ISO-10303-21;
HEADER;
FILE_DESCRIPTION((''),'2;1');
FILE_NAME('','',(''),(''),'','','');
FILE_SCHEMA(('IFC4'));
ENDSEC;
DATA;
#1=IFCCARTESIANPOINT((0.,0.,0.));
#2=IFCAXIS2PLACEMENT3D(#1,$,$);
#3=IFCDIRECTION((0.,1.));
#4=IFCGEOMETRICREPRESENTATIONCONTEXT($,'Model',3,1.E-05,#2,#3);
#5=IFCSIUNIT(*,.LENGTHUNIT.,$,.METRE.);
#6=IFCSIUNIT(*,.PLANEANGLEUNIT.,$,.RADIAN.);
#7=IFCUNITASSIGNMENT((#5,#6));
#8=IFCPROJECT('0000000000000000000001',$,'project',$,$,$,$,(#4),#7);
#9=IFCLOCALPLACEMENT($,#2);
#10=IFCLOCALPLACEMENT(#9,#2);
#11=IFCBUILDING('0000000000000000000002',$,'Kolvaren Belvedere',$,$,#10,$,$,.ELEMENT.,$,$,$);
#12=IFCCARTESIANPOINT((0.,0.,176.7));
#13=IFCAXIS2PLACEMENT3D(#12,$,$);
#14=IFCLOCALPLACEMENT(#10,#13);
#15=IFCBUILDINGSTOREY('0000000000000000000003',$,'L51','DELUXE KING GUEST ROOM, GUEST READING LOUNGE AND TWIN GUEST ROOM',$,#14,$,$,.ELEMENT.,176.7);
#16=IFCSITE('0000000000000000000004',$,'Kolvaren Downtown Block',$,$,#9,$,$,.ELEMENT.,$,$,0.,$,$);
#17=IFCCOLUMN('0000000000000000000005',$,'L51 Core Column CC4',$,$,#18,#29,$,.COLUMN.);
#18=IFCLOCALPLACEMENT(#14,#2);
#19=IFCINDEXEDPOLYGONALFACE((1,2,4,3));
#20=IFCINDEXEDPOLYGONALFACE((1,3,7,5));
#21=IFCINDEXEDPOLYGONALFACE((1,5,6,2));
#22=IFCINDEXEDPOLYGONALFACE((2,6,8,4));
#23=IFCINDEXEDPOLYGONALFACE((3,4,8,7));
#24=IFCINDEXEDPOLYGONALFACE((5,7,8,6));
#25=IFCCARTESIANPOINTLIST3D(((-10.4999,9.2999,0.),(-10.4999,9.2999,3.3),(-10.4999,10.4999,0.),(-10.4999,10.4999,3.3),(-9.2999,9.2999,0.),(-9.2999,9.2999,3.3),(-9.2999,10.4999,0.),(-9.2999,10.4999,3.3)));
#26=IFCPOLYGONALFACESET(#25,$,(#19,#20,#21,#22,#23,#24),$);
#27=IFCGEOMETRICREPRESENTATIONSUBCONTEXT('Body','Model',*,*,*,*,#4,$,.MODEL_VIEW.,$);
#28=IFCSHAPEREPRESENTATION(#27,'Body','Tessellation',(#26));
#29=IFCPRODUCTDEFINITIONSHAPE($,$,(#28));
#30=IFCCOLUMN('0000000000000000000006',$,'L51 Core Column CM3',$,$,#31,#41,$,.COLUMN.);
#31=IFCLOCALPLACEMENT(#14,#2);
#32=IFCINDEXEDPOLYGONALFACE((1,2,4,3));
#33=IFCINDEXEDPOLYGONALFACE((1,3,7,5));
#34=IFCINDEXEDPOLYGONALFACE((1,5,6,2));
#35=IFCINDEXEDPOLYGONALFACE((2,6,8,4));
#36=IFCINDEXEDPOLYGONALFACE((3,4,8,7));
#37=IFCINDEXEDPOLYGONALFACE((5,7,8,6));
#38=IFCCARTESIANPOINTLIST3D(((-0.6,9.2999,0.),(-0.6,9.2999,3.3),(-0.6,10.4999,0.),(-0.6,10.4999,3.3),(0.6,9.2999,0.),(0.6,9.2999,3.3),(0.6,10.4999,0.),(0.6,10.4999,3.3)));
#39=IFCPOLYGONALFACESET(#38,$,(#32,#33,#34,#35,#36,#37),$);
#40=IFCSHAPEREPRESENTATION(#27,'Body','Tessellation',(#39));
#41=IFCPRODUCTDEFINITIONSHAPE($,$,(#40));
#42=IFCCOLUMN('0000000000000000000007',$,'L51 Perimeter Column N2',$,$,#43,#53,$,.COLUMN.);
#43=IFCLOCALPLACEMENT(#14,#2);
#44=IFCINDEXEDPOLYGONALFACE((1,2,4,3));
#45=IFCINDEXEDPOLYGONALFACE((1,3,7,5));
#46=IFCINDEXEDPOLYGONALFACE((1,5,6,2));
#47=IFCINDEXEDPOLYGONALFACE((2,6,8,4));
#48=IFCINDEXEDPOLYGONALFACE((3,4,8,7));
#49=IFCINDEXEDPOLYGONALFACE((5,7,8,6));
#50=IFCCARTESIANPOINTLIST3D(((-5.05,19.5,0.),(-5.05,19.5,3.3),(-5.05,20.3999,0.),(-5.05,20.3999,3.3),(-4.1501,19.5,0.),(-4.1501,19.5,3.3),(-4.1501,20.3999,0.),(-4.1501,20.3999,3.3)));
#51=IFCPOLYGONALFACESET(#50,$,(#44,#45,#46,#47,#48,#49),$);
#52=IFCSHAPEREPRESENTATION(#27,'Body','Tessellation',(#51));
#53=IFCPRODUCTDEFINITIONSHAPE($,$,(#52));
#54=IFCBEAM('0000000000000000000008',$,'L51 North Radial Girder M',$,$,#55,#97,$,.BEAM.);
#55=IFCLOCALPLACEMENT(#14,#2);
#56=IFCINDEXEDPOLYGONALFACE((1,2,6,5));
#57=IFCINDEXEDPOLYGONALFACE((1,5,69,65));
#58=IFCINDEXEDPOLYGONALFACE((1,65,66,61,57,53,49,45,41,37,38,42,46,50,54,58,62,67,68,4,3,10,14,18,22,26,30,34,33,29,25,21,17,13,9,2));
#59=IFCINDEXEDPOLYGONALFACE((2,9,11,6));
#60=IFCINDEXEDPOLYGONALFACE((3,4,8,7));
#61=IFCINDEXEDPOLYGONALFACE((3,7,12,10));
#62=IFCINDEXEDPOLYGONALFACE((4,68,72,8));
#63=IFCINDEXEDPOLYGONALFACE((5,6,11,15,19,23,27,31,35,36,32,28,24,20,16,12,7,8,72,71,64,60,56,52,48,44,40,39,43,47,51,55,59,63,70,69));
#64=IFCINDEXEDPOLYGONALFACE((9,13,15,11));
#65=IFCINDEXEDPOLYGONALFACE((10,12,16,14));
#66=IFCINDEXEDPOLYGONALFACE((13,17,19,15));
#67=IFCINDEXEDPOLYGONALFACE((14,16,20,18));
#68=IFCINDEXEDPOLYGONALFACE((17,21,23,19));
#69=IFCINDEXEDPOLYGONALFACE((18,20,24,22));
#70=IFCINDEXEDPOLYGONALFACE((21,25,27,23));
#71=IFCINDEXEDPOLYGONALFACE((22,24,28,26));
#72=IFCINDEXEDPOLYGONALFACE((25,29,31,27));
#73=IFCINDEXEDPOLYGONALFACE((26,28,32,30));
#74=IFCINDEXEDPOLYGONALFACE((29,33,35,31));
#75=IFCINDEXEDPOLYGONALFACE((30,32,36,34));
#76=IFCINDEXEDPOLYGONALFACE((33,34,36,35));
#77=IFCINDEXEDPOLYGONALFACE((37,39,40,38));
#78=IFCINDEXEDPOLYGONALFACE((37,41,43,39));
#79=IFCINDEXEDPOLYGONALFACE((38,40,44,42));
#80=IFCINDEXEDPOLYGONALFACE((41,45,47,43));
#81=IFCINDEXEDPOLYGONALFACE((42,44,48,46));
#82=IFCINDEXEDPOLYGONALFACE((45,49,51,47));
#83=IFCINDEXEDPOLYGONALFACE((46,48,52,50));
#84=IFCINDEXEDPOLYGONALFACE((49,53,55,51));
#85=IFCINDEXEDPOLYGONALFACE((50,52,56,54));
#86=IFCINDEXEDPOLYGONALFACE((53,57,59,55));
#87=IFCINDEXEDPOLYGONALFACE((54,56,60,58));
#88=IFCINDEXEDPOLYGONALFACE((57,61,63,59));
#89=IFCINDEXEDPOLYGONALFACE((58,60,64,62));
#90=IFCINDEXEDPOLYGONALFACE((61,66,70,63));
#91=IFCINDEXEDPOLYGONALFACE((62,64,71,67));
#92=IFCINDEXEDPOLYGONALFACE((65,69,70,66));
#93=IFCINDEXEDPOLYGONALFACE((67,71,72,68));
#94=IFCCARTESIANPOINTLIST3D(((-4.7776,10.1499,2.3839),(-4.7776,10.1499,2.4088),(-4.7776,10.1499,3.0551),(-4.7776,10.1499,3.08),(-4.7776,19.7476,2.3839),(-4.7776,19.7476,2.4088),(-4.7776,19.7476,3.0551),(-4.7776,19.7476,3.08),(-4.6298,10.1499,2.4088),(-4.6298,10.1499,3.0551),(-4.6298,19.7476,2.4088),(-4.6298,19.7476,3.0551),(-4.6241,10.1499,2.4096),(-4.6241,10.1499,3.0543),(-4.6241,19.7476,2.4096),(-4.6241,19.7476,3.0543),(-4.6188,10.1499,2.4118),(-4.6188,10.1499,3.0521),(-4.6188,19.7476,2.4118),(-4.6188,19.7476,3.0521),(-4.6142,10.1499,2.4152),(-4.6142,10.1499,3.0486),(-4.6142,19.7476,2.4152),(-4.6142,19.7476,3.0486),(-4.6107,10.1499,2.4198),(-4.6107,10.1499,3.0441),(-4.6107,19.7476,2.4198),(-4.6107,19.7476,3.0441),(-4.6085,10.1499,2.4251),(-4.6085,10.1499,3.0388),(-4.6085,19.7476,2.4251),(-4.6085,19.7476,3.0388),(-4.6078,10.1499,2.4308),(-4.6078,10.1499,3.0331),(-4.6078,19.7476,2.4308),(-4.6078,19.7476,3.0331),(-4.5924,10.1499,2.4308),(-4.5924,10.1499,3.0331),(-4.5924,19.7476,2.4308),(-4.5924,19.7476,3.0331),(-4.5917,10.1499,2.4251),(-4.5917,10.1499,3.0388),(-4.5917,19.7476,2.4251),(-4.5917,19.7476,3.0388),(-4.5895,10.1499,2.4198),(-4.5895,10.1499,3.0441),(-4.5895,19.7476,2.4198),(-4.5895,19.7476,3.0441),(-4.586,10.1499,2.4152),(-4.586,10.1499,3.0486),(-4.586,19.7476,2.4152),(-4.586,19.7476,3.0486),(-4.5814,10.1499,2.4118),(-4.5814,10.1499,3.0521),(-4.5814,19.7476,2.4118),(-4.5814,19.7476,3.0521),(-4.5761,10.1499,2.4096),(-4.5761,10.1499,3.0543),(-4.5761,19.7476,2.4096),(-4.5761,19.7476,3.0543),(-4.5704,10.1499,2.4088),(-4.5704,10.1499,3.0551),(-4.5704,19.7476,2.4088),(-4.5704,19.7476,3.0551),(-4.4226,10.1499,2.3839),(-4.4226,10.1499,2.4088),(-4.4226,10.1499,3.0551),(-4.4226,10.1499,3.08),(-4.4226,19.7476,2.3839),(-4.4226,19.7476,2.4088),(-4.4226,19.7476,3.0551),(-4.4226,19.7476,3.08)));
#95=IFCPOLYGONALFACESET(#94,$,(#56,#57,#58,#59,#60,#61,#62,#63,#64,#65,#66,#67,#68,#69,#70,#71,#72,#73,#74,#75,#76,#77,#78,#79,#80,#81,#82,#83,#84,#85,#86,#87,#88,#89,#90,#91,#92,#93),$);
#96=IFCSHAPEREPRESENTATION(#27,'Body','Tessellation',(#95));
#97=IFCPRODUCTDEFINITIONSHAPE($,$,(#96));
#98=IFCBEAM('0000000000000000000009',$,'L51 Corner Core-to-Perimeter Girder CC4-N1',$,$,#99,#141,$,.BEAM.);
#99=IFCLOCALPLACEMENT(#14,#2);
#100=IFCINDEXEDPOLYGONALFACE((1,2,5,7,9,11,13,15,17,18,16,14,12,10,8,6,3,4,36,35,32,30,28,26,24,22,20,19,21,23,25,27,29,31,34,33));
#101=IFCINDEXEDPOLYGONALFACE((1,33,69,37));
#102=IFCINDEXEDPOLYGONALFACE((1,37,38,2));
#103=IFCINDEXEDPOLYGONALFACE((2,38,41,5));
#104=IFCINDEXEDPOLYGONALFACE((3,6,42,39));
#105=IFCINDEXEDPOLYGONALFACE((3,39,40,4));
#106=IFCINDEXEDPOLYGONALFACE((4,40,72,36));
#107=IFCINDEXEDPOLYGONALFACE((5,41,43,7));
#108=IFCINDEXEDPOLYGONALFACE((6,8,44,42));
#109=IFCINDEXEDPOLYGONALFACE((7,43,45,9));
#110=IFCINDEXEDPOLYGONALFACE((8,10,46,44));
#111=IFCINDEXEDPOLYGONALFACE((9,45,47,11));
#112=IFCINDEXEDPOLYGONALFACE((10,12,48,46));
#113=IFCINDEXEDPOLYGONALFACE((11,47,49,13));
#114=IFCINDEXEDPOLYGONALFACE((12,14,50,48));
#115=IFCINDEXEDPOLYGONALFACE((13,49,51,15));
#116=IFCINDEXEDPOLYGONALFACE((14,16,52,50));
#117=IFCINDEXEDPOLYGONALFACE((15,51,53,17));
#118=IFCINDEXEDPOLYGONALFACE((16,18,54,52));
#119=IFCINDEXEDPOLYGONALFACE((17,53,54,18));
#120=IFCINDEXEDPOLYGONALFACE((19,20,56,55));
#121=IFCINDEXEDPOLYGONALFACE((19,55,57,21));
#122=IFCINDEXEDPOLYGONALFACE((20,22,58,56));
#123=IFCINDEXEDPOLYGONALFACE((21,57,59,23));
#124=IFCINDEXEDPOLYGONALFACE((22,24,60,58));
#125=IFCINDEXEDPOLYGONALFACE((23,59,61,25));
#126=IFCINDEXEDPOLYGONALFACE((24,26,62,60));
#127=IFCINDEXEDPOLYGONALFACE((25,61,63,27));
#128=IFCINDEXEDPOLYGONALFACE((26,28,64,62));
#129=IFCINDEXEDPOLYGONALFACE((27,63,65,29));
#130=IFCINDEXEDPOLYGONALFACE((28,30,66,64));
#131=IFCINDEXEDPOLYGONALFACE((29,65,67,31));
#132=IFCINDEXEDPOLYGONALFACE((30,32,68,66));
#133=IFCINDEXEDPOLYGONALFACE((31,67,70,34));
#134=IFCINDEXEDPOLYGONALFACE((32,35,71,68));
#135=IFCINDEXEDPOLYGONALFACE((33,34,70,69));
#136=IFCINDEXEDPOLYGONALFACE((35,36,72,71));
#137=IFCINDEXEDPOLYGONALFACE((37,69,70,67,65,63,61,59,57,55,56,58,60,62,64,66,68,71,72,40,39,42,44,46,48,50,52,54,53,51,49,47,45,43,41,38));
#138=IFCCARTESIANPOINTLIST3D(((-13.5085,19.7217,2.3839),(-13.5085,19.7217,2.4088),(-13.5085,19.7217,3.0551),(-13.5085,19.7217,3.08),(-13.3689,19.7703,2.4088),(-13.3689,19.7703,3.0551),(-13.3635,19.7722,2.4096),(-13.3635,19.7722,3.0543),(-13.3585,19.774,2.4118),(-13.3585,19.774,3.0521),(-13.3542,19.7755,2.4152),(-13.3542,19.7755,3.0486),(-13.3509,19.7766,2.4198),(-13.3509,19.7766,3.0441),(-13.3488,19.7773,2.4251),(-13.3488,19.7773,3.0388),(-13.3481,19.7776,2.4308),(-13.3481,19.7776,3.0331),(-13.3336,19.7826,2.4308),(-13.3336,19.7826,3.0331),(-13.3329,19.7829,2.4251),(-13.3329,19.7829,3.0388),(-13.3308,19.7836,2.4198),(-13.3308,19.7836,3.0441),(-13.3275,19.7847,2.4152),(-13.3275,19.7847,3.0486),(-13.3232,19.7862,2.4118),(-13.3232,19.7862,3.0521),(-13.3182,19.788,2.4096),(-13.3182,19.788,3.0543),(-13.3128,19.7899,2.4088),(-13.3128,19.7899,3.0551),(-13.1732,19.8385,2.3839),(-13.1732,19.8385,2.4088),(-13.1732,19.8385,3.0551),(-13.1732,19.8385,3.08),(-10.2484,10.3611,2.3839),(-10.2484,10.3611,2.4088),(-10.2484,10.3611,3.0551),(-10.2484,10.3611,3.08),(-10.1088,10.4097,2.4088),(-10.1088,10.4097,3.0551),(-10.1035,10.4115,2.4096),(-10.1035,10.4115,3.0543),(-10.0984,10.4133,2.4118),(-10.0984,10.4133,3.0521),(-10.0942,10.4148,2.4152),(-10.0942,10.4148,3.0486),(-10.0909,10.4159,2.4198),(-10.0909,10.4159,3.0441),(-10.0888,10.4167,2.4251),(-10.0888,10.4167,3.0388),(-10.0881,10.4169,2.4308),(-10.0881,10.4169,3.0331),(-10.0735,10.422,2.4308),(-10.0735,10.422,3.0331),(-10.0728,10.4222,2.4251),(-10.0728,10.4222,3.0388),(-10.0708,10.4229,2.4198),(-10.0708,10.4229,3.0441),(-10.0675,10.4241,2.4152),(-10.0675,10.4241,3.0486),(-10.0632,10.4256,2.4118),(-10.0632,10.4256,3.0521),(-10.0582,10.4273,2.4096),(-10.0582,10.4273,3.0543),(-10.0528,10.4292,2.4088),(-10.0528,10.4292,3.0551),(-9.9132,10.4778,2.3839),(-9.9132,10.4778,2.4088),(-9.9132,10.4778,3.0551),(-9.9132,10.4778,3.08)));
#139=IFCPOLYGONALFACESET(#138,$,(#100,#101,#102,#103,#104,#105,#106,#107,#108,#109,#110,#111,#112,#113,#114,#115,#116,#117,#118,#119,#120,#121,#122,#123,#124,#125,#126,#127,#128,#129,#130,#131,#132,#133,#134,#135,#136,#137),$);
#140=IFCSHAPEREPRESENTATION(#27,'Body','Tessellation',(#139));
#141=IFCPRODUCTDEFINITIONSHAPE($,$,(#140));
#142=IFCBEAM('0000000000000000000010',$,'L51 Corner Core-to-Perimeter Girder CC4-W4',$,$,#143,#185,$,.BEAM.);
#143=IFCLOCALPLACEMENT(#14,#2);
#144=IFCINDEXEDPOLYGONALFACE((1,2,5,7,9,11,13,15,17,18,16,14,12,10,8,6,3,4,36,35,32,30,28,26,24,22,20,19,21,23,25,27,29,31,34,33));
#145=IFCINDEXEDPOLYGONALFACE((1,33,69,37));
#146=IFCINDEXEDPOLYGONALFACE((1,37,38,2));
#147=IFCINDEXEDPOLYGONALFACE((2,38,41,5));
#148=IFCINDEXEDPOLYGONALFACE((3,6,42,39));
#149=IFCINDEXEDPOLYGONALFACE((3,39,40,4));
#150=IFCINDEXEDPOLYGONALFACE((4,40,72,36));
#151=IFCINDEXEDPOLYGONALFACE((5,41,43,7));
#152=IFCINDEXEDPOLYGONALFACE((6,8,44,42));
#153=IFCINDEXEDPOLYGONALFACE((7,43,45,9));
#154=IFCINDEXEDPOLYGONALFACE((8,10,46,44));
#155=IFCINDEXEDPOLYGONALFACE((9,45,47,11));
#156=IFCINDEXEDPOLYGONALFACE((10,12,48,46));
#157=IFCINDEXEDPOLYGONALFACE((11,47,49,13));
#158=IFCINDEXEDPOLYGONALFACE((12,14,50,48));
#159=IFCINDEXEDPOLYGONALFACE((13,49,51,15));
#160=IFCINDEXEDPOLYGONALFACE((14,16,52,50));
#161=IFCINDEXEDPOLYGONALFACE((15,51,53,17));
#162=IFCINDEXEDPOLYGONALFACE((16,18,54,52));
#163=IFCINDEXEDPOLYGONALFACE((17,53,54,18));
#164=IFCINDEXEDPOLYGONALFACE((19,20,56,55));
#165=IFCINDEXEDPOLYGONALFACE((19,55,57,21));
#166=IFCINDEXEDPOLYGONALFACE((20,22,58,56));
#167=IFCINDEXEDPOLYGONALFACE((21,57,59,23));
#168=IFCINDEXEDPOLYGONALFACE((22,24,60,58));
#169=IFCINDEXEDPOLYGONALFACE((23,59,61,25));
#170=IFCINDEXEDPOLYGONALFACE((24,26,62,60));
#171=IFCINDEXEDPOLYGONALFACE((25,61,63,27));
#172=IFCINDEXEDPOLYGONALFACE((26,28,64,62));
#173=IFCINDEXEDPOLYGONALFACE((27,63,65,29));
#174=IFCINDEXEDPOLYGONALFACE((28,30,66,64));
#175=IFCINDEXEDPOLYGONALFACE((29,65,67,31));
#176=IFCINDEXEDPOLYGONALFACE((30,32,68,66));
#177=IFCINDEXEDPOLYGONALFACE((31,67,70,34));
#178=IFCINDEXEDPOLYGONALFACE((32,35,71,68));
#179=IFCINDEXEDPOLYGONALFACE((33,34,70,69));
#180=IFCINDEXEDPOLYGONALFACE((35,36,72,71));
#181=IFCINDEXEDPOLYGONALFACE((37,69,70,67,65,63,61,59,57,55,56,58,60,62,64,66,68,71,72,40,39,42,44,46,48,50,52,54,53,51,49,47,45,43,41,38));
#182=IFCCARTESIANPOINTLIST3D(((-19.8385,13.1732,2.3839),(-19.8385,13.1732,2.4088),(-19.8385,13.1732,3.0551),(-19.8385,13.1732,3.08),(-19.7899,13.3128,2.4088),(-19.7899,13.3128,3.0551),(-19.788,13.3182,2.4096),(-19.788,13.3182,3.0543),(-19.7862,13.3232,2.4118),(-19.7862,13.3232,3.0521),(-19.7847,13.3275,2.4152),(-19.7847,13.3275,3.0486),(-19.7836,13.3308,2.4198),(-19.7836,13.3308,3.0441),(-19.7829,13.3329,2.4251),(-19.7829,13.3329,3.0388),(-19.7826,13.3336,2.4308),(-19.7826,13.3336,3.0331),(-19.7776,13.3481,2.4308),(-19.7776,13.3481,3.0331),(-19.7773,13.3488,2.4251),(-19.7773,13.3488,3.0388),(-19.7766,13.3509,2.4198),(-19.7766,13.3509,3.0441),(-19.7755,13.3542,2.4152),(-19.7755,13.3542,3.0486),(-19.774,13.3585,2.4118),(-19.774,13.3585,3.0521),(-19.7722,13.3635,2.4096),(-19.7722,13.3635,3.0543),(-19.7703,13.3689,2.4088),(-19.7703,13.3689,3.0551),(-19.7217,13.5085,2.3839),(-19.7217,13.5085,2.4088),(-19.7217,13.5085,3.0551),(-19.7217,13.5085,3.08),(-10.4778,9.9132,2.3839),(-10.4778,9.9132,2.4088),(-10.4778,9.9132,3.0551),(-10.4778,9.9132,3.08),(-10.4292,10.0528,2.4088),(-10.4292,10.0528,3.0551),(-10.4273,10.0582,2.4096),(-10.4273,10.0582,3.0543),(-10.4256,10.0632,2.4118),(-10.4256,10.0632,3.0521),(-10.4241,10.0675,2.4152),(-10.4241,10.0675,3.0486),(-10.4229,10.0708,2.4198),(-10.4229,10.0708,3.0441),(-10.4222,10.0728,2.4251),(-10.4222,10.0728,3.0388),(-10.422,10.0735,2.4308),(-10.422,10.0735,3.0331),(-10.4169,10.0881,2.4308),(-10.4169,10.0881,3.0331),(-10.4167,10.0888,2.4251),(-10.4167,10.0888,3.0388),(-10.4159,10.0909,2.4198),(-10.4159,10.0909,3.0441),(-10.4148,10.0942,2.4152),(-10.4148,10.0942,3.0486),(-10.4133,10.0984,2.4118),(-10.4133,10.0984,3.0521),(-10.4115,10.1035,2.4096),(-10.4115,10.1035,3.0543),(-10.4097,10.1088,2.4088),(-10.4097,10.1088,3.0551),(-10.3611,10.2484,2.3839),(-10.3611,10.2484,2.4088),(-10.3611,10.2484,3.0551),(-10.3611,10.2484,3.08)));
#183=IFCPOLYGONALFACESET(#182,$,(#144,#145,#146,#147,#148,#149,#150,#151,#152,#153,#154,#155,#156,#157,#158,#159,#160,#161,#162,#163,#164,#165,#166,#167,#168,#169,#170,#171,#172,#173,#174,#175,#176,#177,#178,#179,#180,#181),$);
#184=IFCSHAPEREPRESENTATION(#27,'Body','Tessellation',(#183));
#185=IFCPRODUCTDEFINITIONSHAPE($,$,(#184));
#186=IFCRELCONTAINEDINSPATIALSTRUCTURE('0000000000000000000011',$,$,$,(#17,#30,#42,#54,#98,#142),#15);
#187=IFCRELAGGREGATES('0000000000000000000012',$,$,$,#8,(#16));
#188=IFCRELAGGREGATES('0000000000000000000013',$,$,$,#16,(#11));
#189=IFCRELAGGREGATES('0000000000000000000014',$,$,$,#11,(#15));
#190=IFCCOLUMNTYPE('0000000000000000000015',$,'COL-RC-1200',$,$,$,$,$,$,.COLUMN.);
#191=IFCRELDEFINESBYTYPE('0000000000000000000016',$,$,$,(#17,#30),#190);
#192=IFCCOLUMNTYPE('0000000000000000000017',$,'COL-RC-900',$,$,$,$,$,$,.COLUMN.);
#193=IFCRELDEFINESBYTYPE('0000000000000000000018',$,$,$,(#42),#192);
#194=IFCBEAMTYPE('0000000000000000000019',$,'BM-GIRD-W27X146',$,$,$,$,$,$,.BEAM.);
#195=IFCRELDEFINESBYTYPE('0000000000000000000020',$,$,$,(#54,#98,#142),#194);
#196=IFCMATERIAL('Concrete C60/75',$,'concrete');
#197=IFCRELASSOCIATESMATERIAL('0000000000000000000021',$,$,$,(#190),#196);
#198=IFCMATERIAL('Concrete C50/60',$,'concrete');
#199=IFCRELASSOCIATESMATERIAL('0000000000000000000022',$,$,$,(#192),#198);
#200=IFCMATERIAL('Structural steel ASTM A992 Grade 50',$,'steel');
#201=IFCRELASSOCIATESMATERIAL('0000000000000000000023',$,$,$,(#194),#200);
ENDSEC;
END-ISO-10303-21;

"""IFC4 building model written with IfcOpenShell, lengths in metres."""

from ifc_helpers import new_model, si_unit, direction, frame, origin, origin_2d, place, context, subcontext, project, spatial, rectangle, i_section, extrude, material, material_profile, profile_set, type_object, element, save


model = new_model("IFC4")

# Units and contexts
model_context = context("Model", 3, precision=1e-05, world=origin(), true_north=direction((0.0, 1.0)))
body_context = subcontext(model_context, "Body", "Model", "MODEL_VIEW")
ifc_project = project(units=[si_unit("LENGTHUNIT", "METRE"), si_unit("PLANEANGLEUNIT", "RADIAN")], contexts=[model_context])

# Site, building, storey
site_placement = place(None, origin())
site = spatial("IfcSite", under=ifc_project, at=site_placement, Name="Kolvaren Downtown Block", CompositionType="ELEMENT", RefElevation=0.0)
building_placement = place(site_placement, origin())
building = spatial("IfcBuilding", under=site, at=building_placement, Name="Kolvaren Belvedere", CompositionType="ELEMENT")
storey_placement = place(building_placement, frame((0.0, 0.0, 176.7)))
storey = spatial("IfcBuildingStorey", under=building, at=storey_placement, Name="L51", Description="DELUXE KING GUEST ROOM, GUEST READING LOUNGE AND TWIN GUEST ROOM", CompositionType="ELEMENT", Elevation=176.7)

# Columns
ifc_material_1 = material(Name="Concrete C60/75", Category="concrete")
ifc_material_profile_1 = material_profile(ifc_material_1, rectangle(XDim=1.2, YDim=1.2, at=origin_2d()), Name="RC 1200X1200")
ifc_profile_set_1 = profile_set([ifc_material_profile_1], Name="Concrete C60/75")
column_type_1 = type_object("IfcColumnType", Name="COL-RC-1200", PredefinedType="COLUMN", material=ifc_profile_set_1)
for number, where, z_axis, x_axis, name in (
    (1, (-9.8999, 9.8999, 0.0), (0.0, 0.0, 1.0), (1.0, 0.0, 0.0), "L51 Core Column CC4"),
    (2, (0.0, 9.8999, 0.0), (0.0, 0.0, 1.0), (1.0, 0.0, 0.0), "L51 Core Column CM3"),
):
    element("IfcColumn", number, at=place(storey_placement, frame(where, z_axis=z_axis, x_axis=x_axis)), inside=storey, type_object=column_type_1, Name=name, PredefinedType="COLUMN", context=body_context, shape_type="SweptSolid", body=[
        extrude(rectangle(XDim=1.2, YDim=1.2, at=origin_2d()), origin(), (0.0, 0.0, 1.0), 3.3),
    ])
ifc_material_2 = material(Name="Concrete C50/60", Category="concrete")
ifc_material_profile_2 = material_profile(ifc_material_2, rectangle(XDim=0.8999, YDim=0.8999, at=origin_2d()), Name="RC 900X900")
ifc_profile_set_2 = profile_set([ifc_material_profile_2], Name="Concrete C50/60")
column_type_2 = type_object("IfcColumnType", Name="COL-RC-900", PredefinedType="COLUMN", material=ifc_profile_set_2)
column_placement = place(storey_placement, frame((-4.6001, 19.95, 0.0), z_axis=(0.0, 0.0, 1.0), x_axis=(1.0, 0.0, 0.0)))
element("IfcColumn", 3, at=column_placement, inside=storey, type_object=column_type_2, Name="L51 Perimeter Column N2", PredefinedType="COLUMN", context=body_context, shape_type="SweptSolid", body=[
    extrude(rectangle(XDim=0.8999, YDim=0.8999, at=origin_2d()), origin(), (0.0, 0.0, 1.0), 3.3),
])

# Beams
ifc_material_3 = material(Name="Structural steel ASTM A992 Grade 50", Category="steel")
ifc_material_profile_3 = material_profile(ifc_material_3, i_section(OverallWidth=0.355, OverallDepth=0.696, WebThickness=0.0154, FlangeThickness=0.0249, FilletRadius=0.022, at=origin_2d()), Name="W27X146")
ifc_profile_set_3 = profile_set([ifc_material_profile_3], Name="Structural steel ASTM A992 Grade 50")
beam_type_1 = type_object("IfcBeamType", Name="BM-GIRD-W27X146", PredefinedType="BEAM", material=ifc_profile_set_3)
beam_1_placement = place(storey_placement, frame((-4.6001, 10.1499, 2.7319), z_axis=(0.0, 1.0, 0.0), x_axis=(-1.0, 0.0, 0.0)))
element("IfcBeam", 4, at=beam_1_placement, inside=storey, type_object=beam_type_1, Name="L51 North Radial Girder M", PredefinedType="BEAM", context=body_context, shape_type="SweptSolid", body=[
    extrude(i_section(OverallWidth=0.355, OverallDepth=0.696, WebThickness=0.0154, FlangeThickness=0.0249, FilletRadius=0.022, at=origin_2d()), origin(), (0.0, 0.0, 1.0), 9.5977),
])
for number, where, z_axis, x_axis, name in (
    (5, (-10.0808, 10.4194, 2.7319), (-0.328894, 0.944367, 0.0), (-0.944367, -0.328894, 0.0), "L51 Corner Core-to-Perimeter Girder CC4-N1"),
    (6, (-10.4194, 10.0808, 2.7319), (-0.944367, 0.328894, 0.0), (-0.328894, -0.944367, 0.0), "L51 Corner Core-to-Perimeter Girder CC4-W4"),
):
    element("IfcBeam", number, at=place(storey_placement, frame(where, z_axis=z_axis, x_axis=x_axis)), inside=storey, type_object=beam_type_1, Name=name, PredefinedType="BEAM", context=body_context, shape_type="SweptSolid", body=[
        extrude(i_section(OverallWidth=0.355, OverallDepth=0.696, WebThickness=0.0154, FlangeThickness=0.0249, FilletRadius=0.022, at=origin_2d()), origin(), (0.0, 0.0, 1.0), 9.9121),
    ])

save(model, "model.ifc")
